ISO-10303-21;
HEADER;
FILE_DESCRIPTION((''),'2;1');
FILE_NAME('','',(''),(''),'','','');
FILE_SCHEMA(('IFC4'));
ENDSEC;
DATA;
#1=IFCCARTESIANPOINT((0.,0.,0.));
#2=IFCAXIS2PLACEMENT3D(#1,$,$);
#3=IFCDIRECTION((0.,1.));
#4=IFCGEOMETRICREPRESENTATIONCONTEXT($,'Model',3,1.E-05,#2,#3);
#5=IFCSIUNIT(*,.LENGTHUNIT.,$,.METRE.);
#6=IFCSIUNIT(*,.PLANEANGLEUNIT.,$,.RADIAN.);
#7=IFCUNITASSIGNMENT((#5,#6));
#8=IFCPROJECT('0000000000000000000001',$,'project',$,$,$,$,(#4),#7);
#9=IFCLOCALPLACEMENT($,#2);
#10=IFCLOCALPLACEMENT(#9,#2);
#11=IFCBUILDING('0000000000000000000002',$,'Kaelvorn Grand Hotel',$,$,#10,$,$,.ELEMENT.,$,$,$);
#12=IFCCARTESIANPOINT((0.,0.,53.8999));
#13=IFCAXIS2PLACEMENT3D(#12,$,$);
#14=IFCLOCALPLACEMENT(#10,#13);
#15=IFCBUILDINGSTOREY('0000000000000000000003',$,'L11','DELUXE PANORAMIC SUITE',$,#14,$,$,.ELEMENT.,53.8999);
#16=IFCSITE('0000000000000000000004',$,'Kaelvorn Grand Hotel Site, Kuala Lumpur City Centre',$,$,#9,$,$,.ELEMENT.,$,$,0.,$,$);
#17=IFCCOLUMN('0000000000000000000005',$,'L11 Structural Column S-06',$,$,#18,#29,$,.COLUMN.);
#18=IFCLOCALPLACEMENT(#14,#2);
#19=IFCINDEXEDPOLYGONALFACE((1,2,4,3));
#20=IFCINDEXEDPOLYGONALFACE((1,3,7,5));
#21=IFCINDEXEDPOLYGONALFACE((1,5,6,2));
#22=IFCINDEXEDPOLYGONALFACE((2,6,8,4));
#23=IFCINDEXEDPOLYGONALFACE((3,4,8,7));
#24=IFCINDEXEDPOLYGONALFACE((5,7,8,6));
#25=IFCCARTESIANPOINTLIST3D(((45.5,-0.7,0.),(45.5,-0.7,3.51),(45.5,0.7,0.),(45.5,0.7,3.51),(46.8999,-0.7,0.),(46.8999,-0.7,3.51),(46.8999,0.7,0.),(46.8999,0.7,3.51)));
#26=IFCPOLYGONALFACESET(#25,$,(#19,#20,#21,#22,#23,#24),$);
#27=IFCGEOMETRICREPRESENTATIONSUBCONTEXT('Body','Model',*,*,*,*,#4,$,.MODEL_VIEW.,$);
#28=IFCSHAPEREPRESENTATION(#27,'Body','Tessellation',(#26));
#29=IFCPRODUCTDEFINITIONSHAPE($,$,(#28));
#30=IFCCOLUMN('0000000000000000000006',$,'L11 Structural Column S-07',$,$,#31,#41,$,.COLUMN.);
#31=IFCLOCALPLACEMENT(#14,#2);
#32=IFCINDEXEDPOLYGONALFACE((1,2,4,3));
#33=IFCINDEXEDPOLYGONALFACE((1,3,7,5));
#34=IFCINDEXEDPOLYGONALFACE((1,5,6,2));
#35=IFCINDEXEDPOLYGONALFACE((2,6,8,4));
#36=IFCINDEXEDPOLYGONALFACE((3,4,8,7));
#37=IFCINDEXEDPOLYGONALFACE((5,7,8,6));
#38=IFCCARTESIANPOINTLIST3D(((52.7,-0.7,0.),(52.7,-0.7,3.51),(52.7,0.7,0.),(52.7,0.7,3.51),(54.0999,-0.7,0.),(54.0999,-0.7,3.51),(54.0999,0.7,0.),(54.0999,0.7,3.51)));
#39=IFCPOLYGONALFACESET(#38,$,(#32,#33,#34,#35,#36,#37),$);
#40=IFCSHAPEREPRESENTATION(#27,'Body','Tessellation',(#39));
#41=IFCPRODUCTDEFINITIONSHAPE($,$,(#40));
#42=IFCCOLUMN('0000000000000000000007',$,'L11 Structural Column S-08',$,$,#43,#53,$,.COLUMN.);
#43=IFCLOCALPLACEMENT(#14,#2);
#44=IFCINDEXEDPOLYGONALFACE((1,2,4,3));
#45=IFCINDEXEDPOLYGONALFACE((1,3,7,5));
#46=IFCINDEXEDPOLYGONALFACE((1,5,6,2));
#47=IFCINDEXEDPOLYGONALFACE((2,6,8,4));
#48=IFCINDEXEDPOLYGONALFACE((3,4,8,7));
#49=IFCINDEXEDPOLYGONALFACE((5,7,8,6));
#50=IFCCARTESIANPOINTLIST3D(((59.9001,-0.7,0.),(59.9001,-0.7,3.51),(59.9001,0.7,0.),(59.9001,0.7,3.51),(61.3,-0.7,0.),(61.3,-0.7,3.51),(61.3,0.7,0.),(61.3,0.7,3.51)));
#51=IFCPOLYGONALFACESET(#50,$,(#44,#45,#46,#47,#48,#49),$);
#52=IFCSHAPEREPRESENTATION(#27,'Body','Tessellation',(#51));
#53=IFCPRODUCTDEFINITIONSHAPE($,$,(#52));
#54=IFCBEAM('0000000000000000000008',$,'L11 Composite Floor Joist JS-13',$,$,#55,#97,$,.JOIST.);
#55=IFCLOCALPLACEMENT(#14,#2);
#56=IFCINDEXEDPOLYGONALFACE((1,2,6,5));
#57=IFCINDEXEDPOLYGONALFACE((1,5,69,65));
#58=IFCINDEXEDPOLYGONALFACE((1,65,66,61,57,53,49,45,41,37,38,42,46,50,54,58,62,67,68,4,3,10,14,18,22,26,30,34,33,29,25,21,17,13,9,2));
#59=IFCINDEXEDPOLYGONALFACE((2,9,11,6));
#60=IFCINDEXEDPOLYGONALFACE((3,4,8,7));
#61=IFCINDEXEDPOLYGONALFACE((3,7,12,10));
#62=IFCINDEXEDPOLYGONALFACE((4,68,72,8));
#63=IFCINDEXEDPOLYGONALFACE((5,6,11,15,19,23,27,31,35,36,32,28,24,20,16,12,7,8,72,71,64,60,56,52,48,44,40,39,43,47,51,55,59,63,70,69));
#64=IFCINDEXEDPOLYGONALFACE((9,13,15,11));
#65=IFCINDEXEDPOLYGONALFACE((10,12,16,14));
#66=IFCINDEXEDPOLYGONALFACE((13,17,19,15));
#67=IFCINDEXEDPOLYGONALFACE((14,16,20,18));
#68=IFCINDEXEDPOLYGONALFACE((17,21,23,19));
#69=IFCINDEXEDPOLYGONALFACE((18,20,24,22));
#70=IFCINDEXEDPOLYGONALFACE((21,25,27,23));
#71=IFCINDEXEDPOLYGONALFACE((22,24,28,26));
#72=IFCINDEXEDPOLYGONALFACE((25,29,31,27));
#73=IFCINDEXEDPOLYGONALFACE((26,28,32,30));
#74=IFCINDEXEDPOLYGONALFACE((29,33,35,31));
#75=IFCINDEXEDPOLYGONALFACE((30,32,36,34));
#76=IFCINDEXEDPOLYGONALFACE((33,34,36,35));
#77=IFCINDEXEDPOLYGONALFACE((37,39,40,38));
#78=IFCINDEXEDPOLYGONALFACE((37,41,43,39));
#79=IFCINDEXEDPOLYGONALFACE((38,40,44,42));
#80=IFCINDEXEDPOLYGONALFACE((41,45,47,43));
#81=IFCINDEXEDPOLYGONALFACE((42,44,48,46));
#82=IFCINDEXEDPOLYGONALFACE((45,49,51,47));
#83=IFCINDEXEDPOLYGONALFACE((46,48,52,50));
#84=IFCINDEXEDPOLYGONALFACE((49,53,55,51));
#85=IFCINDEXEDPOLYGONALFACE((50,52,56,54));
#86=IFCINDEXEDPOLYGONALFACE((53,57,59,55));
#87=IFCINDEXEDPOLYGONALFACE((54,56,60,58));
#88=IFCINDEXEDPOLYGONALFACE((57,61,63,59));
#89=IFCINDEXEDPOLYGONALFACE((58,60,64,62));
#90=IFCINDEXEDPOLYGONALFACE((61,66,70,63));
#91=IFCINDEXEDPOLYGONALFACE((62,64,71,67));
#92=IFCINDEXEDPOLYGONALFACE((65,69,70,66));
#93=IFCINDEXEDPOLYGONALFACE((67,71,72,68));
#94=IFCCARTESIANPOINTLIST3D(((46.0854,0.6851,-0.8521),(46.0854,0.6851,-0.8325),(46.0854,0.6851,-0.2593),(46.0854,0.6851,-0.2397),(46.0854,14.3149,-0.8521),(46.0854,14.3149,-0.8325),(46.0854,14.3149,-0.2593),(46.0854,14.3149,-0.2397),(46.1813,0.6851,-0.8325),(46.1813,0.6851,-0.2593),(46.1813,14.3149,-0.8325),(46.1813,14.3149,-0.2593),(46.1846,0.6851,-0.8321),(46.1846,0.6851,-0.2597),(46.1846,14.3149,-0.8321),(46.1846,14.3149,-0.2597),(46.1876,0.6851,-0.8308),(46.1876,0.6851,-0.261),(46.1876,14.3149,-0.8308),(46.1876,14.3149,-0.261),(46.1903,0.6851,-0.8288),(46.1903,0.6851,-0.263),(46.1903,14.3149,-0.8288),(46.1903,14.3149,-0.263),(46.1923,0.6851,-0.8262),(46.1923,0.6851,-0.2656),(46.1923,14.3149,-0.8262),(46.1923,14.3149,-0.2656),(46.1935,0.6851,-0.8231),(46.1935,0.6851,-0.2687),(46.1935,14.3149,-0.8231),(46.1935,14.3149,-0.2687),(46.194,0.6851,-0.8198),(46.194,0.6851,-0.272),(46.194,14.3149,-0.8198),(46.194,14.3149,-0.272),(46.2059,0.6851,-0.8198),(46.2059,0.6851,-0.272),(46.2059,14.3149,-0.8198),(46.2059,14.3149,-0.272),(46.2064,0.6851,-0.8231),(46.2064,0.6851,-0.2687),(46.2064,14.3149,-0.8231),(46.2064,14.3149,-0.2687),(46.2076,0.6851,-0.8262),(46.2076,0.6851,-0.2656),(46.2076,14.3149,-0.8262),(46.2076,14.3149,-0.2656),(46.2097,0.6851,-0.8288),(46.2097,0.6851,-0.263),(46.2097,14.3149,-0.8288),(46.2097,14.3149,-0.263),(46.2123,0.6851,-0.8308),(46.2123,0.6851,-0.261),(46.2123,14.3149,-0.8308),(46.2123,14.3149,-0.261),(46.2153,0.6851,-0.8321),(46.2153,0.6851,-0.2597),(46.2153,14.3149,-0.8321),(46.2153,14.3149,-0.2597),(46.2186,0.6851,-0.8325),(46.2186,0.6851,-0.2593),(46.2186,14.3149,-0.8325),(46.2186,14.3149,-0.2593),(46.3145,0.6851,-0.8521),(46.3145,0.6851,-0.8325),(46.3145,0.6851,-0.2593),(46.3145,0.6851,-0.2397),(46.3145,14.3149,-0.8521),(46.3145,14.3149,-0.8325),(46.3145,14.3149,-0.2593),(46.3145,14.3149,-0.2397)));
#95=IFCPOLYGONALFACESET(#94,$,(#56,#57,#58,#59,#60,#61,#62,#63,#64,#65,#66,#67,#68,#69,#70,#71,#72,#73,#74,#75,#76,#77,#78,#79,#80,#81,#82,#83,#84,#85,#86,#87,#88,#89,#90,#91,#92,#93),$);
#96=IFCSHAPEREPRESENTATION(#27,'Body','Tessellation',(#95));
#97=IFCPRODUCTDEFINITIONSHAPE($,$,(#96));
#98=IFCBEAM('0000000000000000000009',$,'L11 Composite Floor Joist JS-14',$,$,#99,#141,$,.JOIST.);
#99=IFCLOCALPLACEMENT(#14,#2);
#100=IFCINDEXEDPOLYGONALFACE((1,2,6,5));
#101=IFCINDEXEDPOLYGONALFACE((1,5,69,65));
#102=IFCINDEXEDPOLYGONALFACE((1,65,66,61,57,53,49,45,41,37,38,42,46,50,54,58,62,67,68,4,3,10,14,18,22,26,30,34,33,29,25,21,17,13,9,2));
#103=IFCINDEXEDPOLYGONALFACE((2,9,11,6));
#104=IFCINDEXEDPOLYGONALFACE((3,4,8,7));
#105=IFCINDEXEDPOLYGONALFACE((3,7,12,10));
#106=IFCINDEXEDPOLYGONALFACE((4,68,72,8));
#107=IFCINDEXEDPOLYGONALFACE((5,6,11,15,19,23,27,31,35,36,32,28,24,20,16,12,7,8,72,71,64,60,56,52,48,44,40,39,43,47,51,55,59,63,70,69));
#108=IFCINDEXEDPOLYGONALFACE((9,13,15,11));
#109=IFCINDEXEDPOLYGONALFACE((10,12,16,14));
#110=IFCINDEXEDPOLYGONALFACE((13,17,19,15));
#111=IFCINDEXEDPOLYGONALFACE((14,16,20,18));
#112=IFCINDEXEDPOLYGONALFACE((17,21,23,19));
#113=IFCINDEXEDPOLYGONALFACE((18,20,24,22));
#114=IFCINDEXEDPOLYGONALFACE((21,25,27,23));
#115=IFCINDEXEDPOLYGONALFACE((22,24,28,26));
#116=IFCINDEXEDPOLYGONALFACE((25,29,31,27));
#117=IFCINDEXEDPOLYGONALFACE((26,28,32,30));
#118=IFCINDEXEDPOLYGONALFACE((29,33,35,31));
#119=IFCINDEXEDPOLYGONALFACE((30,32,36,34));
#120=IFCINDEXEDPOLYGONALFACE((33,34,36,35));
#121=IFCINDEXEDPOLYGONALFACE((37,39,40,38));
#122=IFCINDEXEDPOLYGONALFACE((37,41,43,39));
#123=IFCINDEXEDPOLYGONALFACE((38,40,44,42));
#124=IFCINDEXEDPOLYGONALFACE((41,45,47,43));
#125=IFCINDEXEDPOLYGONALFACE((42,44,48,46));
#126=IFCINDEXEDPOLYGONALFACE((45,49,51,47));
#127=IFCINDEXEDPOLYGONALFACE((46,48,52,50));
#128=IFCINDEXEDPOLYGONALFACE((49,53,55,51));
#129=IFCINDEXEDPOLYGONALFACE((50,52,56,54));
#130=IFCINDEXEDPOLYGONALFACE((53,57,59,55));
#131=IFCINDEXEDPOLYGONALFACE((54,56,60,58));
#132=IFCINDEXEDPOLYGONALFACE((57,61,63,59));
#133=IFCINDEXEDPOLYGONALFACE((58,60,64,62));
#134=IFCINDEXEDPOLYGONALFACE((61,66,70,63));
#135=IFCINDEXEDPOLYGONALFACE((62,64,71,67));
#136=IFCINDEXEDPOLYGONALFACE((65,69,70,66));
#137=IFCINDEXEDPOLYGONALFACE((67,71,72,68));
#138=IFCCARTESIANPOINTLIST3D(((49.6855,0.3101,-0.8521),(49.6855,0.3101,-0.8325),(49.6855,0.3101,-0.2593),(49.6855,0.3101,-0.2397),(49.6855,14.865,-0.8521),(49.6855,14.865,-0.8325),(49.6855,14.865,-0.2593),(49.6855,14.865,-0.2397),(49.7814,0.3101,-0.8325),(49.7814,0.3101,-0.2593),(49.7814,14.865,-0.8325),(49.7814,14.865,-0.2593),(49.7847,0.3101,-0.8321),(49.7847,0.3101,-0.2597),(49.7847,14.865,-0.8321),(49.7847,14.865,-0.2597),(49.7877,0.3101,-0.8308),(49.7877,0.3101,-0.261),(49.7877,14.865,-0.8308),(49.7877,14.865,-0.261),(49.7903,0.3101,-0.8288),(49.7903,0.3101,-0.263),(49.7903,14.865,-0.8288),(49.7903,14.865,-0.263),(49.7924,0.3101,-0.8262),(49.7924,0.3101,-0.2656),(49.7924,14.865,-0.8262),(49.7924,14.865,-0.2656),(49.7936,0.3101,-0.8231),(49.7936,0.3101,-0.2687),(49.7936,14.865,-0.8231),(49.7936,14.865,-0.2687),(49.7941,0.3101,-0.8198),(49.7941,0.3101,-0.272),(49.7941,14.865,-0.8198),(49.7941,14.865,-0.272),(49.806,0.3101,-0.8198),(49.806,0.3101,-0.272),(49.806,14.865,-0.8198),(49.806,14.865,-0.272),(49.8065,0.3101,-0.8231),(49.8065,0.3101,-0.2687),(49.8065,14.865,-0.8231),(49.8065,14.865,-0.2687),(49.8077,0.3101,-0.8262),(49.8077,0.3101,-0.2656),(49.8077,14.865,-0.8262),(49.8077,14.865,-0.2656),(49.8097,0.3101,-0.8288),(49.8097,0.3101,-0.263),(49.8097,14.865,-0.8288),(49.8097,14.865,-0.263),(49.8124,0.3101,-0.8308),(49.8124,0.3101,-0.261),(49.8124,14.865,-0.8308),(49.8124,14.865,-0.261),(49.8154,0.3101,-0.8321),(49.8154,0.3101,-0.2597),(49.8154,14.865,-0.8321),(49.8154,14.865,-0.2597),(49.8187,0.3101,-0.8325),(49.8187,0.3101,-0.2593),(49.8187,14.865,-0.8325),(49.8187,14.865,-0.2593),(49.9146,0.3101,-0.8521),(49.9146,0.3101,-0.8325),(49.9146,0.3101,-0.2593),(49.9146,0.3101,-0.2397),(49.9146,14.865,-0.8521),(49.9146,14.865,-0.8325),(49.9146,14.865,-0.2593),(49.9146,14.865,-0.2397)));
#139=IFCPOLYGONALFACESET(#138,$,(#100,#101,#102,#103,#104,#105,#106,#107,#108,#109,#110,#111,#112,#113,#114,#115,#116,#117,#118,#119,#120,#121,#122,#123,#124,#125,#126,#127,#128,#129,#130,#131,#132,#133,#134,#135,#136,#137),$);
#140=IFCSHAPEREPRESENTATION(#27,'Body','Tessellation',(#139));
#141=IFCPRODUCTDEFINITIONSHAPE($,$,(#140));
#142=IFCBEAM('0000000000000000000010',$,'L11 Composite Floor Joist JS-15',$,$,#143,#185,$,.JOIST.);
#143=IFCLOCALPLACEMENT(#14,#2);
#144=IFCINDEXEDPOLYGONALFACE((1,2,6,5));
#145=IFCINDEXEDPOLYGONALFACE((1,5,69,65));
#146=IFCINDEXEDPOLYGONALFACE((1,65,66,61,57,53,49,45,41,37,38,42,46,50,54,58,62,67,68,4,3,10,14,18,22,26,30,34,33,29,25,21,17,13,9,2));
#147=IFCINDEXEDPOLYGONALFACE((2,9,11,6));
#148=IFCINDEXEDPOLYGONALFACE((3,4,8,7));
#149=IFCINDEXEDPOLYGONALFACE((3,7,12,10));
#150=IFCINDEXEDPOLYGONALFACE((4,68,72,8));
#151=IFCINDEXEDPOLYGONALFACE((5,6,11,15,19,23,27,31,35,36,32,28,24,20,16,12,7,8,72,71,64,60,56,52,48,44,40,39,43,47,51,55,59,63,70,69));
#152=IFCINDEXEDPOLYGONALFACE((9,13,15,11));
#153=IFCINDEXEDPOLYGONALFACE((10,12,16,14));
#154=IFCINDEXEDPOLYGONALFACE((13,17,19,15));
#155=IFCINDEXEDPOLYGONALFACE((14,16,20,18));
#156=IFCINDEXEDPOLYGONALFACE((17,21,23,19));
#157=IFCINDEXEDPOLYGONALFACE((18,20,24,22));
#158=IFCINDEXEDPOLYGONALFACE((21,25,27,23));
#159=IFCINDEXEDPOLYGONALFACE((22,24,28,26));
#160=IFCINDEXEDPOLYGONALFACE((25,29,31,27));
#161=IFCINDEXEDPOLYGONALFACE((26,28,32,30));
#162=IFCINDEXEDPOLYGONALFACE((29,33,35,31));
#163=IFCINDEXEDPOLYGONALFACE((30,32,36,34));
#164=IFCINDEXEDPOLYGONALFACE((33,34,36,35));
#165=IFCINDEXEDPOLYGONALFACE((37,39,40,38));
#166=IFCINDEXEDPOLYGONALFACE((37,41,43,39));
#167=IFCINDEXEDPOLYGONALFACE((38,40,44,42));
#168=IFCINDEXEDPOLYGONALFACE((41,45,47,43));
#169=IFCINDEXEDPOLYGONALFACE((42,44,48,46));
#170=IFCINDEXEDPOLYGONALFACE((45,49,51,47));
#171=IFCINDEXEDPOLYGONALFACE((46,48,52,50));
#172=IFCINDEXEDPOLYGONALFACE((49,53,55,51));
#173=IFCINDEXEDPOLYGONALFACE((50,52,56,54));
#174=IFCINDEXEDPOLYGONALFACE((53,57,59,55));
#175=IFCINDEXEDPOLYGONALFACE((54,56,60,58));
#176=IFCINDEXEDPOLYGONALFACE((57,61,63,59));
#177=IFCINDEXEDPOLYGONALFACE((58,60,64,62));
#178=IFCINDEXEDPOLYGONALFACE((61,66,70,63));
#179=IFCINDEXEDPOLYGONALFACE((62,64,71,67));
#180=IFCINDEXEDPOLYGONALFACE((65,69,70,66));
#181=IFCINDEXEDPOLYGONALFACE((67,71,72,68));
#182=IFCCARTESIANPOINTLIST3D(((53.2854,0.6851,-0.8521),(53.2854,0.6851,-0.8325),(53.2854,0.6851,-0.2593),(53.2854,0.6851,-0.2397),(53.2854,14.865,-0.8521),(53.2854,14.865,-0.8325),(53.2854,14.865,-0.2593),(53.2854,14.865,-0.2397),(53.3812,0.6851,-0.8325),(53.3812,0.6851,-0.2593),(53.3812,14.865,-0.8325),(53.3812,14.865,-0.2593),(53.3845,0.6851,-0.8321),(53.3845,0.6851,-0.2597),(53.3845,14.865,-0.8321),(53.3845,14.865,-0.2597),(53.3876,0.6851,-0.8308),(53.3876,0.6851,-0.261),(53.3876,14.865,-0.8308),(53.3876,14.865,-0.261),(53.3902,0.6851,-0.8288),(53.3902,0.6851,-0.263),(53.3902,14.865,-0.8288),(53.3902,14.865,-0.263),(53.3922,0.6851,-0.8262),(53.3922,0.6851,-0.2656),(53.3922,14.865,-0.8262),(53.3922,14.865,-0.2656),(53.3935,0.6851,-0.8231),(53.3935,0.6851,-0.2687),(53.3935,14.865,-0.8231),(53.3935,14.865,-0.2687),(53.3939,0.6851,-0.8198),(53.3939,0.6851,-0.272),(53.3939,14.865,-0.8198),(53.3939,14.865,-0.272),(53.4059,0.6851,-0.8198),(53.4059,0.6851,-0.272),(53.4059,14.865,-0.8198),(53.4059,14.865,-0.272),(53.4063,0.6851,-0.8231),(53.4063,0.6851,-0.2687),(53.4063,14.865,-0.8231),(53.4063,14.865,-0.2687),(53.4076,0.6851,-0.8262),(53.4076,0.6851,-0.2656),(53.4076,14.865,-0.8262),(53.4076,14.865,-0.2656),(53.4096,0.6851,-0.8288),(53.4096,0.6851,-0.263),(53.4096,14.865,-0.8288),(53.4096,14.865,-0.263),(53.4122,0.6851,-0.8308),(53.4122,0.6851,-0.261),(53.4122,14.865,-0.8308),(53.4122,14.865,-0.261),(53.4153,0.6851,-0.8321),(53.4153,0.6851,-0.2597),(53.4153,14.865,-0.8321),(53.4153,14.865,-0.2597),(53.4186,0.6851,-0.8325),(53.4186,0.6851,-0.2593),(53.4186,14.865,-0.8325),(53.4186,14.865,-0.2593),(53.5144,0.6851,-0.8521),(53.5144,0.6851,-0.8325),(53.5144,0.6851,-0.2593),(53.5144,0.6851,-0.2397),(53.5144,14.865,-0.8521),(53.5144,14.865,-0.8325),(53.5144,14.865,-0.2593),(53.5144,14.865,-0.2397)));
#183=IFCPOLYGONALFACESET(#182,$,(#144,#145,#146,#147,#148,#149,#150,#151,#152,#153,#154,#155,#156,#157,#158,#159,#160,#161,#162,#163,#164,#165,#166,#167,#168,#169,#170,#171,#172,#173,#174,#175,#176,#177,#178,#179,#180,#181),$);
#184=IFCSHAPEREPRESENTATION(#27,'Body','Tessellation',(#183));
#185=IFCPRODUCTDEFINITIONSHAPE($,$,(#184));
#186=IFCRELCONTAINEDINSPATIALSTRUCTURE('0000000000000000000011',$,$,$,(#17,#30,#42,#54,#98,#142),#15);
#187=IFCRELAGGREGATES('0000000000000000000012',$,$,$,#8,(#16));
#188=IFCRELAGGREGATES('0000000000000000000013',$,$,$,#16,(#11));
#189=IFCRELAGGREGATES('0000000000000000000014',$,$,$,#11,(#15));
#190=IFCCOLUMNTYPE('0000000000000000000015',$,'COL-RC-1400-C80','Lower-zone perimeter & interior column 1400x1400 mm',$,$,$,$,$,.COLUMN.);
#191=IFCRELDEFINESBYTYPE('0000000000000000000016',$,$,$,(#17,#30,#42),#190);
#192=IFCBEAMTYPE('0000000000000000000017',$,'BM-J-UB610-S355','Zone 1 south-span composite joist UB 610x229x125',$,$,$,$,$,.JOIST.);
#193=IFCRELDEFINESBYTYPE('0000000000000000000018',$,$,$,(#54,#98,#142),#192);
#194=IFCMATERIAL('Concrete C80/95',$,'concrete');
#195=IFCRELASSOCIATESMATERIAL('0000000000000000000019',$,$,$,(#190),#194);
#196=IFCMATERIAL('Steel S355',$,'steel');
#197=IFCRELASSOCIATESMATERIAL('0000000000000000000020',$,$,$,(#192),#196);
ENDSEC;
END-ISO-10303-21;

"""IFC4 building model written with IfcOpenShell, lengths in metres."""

from ifc_helpers import new_model, si_unit, direction, frame, origin, origin_2d, place, context, subcontext, project, spatial, rectangle, i_section, extrude, material, material_profile, profile_set, type_object, element, save


model = new_model("IFC4")

# Units and contexts
model_context = context("Model", 3, precision=1e-05, world=origin(), true_north=direction((0.0, 1.0)))
body_context = subcontext(model_context, "Body", "Model", "MODEL_VIEW")
ifc_project = project(units=[si_unit("LENGTHUNIT", "METRE"), si_unit("PLANEANGLEUNIT", "RADIAN")], contexts=[model_context])

# Site, building, storey
site_placement = place(None, origin())
site = spatial("IfcSite", under=ifc_project, at=site_placement, Name="Kaelvorn Grand Hotel Site, Kuala Lumpur City Centre", CompositionType="ELEMENT", RefElevation=0.0)
building_placement = place(site_placement, origin())
building = spatial("IfcBuilding", under=site, at=building_placement, Name="Kaelvorn Grand Hotel", CompositionType="ELEMENT")
storey_placement = place(building_placement, frame((0.0, 0.0, 53.8999)))
storey = spatial("IfcBuildingStorey", under=building, at=storey_placement, Name="L11", Description="DELUXE PANORAMIC SUITE", CompositionType="ELEMENT", Elevation=53.8999)

# Columns
ifc_material_1 = material(Name="Concrete C80/95", Category="concrete")
ifc_material_profile_1 = material_profile(ifc_material_1, rectangle(XDim=1.3999, YDim=1.3999, at=origin_2d()), Name="RC COL 1400x1400")
ifc_profile_set_1 = profile_set([ifc_material_profile_1], Name="Concrete C80/95")
column_type = type_object("IfcColumnType", Name="COL-RC-1400-C80", Description="Lower-zone perimeter & interior column 1400x1400 mm", PredefinedType="COLUMN", material=ifc_profile_set_1)
for number, where, z_axis, x_axis, name in (
    (1, (46.2, 0.0, 0.0), (0.0, 0.0, 1.0), (1.0, 0.0, 0.0), "L11 Structural Column S-06"),
    (2, (53.3999, 0.0, 0.0), (0.0, 0.0, 1.0), (1.0, 0.0, 0.0), "L11 Structural Column S-07"),
    (3, (60.6001, 0.0, 0.0), (0.0, 0.0, 1.0), (1.0, 0.0, 0.0), "L11 Structural Column S-08"),
):
    element("IfcColumn", number, at=place(storey_placement, frame(where, z_axis=z_axis, x_axis=x_axis)), inside=storey, type_object=column_type, Name=name, PredefinedType="COLUMN", context=body_context, shape_type="SweptSolid", body=[
        extrude(rectangle(XDim=1.3999, YDim=1.3999, at=origin_2d()), origin(), (0.0, 0.0, 1.0), 3.51),
    ])

# Beams
ifc_material_2 = material(Name="Steel S355", Category="steel")
ifc_material_profile_2 = material_profile(ifc_material_2, i_section(OverallWidth=0.229, OverallDepth=0.6123, WebThickness=0.012, FlangeThickness=0.0195, FilletRadius=0.0127, at=origin_2d()), Name="UB 610x229x125")
ifc_profile_set_2 = profile_set([ifc_material_profile_2], Name="Steel S355")
beam_type_1 = type_object("IfcBeamType", Name="BM-J-UB610-S355", Description="Zone 1 south-span composite joist UB 610x229x125", PredefinedType="JOIST", material=ifc_profile_set_2)
beam_1_placement = place(storey_placement, frame((46.2, 0.6851, -0.5459), z_axis=(0.0, 1.0, 0.0), x_axis=(-1.0, 0.0, 0.0)))
element("IfcBeam", 4, at=beam_1_placement, inside=storey, type_object=beam_type_1, Name="L11 Composite Floor Joist JS-13", PredefinedType="JOIST", context=body_context, shape_type="SweptSolid", body=[
    extrude(i_section(OverallWidth=0.229, OverallDepth=0.6123, WebThickness=0.012, FlangeThickness=0.0195, FilletRadius=0.0127, at=origin_2d()), origin(), (0.0, 0.0, 1.0), 13.6299),
])
beam_2_placement = place(storey_placement, frame((49.8, 0.3101, -0.5459), z_axis=(0.0, 1.0, 0.0), x_axis=(-1.0, 0.0, 0.0)))
element("IfcBeam", 5, at=beam_2_placement, inside=storey, type_object=beam_type_1, Name="L11 Composite Floor Joist JS-14", PredefinedType="JOIST", context=body_context, shape_type="SweptSolid", body=[
    extrude(i_section(OverallWidth=0.229, OverallDepth=0.6123, WebThickness=0.012, FlangeThickness=0.0195, FilletRadius=0.0127, at=origin_2d()), origin(), (0.0, 0.0, 1.0), 14.5549),
])
beam_3_placement = place(storey_placement, frame((53.3999, 0.6851, -0.5459), z_axis=(0.0, 1.0, 0.0), x_axis=(-1.0, 0.0, 0.0)))
element("IfcBeam", 6, at=beam_3_placement, inside=storey, type_object=beam_type_1, Name="L11 Composite Floor Joist JS-15", PredefinedType="JOIST", context=body_context, shape_type="SweptSolid", body=[
    extrude(i_section(OverallWidth=0.229, OverallDepth=0.6123, WebThickness=0.012, FlangeThickness=0.0195, FilletRadius=0.0127, at=origin_2d()), origin(), (0.0, 0.0, 1.0), 14.1799),
])

save(model, "model.ifc")
